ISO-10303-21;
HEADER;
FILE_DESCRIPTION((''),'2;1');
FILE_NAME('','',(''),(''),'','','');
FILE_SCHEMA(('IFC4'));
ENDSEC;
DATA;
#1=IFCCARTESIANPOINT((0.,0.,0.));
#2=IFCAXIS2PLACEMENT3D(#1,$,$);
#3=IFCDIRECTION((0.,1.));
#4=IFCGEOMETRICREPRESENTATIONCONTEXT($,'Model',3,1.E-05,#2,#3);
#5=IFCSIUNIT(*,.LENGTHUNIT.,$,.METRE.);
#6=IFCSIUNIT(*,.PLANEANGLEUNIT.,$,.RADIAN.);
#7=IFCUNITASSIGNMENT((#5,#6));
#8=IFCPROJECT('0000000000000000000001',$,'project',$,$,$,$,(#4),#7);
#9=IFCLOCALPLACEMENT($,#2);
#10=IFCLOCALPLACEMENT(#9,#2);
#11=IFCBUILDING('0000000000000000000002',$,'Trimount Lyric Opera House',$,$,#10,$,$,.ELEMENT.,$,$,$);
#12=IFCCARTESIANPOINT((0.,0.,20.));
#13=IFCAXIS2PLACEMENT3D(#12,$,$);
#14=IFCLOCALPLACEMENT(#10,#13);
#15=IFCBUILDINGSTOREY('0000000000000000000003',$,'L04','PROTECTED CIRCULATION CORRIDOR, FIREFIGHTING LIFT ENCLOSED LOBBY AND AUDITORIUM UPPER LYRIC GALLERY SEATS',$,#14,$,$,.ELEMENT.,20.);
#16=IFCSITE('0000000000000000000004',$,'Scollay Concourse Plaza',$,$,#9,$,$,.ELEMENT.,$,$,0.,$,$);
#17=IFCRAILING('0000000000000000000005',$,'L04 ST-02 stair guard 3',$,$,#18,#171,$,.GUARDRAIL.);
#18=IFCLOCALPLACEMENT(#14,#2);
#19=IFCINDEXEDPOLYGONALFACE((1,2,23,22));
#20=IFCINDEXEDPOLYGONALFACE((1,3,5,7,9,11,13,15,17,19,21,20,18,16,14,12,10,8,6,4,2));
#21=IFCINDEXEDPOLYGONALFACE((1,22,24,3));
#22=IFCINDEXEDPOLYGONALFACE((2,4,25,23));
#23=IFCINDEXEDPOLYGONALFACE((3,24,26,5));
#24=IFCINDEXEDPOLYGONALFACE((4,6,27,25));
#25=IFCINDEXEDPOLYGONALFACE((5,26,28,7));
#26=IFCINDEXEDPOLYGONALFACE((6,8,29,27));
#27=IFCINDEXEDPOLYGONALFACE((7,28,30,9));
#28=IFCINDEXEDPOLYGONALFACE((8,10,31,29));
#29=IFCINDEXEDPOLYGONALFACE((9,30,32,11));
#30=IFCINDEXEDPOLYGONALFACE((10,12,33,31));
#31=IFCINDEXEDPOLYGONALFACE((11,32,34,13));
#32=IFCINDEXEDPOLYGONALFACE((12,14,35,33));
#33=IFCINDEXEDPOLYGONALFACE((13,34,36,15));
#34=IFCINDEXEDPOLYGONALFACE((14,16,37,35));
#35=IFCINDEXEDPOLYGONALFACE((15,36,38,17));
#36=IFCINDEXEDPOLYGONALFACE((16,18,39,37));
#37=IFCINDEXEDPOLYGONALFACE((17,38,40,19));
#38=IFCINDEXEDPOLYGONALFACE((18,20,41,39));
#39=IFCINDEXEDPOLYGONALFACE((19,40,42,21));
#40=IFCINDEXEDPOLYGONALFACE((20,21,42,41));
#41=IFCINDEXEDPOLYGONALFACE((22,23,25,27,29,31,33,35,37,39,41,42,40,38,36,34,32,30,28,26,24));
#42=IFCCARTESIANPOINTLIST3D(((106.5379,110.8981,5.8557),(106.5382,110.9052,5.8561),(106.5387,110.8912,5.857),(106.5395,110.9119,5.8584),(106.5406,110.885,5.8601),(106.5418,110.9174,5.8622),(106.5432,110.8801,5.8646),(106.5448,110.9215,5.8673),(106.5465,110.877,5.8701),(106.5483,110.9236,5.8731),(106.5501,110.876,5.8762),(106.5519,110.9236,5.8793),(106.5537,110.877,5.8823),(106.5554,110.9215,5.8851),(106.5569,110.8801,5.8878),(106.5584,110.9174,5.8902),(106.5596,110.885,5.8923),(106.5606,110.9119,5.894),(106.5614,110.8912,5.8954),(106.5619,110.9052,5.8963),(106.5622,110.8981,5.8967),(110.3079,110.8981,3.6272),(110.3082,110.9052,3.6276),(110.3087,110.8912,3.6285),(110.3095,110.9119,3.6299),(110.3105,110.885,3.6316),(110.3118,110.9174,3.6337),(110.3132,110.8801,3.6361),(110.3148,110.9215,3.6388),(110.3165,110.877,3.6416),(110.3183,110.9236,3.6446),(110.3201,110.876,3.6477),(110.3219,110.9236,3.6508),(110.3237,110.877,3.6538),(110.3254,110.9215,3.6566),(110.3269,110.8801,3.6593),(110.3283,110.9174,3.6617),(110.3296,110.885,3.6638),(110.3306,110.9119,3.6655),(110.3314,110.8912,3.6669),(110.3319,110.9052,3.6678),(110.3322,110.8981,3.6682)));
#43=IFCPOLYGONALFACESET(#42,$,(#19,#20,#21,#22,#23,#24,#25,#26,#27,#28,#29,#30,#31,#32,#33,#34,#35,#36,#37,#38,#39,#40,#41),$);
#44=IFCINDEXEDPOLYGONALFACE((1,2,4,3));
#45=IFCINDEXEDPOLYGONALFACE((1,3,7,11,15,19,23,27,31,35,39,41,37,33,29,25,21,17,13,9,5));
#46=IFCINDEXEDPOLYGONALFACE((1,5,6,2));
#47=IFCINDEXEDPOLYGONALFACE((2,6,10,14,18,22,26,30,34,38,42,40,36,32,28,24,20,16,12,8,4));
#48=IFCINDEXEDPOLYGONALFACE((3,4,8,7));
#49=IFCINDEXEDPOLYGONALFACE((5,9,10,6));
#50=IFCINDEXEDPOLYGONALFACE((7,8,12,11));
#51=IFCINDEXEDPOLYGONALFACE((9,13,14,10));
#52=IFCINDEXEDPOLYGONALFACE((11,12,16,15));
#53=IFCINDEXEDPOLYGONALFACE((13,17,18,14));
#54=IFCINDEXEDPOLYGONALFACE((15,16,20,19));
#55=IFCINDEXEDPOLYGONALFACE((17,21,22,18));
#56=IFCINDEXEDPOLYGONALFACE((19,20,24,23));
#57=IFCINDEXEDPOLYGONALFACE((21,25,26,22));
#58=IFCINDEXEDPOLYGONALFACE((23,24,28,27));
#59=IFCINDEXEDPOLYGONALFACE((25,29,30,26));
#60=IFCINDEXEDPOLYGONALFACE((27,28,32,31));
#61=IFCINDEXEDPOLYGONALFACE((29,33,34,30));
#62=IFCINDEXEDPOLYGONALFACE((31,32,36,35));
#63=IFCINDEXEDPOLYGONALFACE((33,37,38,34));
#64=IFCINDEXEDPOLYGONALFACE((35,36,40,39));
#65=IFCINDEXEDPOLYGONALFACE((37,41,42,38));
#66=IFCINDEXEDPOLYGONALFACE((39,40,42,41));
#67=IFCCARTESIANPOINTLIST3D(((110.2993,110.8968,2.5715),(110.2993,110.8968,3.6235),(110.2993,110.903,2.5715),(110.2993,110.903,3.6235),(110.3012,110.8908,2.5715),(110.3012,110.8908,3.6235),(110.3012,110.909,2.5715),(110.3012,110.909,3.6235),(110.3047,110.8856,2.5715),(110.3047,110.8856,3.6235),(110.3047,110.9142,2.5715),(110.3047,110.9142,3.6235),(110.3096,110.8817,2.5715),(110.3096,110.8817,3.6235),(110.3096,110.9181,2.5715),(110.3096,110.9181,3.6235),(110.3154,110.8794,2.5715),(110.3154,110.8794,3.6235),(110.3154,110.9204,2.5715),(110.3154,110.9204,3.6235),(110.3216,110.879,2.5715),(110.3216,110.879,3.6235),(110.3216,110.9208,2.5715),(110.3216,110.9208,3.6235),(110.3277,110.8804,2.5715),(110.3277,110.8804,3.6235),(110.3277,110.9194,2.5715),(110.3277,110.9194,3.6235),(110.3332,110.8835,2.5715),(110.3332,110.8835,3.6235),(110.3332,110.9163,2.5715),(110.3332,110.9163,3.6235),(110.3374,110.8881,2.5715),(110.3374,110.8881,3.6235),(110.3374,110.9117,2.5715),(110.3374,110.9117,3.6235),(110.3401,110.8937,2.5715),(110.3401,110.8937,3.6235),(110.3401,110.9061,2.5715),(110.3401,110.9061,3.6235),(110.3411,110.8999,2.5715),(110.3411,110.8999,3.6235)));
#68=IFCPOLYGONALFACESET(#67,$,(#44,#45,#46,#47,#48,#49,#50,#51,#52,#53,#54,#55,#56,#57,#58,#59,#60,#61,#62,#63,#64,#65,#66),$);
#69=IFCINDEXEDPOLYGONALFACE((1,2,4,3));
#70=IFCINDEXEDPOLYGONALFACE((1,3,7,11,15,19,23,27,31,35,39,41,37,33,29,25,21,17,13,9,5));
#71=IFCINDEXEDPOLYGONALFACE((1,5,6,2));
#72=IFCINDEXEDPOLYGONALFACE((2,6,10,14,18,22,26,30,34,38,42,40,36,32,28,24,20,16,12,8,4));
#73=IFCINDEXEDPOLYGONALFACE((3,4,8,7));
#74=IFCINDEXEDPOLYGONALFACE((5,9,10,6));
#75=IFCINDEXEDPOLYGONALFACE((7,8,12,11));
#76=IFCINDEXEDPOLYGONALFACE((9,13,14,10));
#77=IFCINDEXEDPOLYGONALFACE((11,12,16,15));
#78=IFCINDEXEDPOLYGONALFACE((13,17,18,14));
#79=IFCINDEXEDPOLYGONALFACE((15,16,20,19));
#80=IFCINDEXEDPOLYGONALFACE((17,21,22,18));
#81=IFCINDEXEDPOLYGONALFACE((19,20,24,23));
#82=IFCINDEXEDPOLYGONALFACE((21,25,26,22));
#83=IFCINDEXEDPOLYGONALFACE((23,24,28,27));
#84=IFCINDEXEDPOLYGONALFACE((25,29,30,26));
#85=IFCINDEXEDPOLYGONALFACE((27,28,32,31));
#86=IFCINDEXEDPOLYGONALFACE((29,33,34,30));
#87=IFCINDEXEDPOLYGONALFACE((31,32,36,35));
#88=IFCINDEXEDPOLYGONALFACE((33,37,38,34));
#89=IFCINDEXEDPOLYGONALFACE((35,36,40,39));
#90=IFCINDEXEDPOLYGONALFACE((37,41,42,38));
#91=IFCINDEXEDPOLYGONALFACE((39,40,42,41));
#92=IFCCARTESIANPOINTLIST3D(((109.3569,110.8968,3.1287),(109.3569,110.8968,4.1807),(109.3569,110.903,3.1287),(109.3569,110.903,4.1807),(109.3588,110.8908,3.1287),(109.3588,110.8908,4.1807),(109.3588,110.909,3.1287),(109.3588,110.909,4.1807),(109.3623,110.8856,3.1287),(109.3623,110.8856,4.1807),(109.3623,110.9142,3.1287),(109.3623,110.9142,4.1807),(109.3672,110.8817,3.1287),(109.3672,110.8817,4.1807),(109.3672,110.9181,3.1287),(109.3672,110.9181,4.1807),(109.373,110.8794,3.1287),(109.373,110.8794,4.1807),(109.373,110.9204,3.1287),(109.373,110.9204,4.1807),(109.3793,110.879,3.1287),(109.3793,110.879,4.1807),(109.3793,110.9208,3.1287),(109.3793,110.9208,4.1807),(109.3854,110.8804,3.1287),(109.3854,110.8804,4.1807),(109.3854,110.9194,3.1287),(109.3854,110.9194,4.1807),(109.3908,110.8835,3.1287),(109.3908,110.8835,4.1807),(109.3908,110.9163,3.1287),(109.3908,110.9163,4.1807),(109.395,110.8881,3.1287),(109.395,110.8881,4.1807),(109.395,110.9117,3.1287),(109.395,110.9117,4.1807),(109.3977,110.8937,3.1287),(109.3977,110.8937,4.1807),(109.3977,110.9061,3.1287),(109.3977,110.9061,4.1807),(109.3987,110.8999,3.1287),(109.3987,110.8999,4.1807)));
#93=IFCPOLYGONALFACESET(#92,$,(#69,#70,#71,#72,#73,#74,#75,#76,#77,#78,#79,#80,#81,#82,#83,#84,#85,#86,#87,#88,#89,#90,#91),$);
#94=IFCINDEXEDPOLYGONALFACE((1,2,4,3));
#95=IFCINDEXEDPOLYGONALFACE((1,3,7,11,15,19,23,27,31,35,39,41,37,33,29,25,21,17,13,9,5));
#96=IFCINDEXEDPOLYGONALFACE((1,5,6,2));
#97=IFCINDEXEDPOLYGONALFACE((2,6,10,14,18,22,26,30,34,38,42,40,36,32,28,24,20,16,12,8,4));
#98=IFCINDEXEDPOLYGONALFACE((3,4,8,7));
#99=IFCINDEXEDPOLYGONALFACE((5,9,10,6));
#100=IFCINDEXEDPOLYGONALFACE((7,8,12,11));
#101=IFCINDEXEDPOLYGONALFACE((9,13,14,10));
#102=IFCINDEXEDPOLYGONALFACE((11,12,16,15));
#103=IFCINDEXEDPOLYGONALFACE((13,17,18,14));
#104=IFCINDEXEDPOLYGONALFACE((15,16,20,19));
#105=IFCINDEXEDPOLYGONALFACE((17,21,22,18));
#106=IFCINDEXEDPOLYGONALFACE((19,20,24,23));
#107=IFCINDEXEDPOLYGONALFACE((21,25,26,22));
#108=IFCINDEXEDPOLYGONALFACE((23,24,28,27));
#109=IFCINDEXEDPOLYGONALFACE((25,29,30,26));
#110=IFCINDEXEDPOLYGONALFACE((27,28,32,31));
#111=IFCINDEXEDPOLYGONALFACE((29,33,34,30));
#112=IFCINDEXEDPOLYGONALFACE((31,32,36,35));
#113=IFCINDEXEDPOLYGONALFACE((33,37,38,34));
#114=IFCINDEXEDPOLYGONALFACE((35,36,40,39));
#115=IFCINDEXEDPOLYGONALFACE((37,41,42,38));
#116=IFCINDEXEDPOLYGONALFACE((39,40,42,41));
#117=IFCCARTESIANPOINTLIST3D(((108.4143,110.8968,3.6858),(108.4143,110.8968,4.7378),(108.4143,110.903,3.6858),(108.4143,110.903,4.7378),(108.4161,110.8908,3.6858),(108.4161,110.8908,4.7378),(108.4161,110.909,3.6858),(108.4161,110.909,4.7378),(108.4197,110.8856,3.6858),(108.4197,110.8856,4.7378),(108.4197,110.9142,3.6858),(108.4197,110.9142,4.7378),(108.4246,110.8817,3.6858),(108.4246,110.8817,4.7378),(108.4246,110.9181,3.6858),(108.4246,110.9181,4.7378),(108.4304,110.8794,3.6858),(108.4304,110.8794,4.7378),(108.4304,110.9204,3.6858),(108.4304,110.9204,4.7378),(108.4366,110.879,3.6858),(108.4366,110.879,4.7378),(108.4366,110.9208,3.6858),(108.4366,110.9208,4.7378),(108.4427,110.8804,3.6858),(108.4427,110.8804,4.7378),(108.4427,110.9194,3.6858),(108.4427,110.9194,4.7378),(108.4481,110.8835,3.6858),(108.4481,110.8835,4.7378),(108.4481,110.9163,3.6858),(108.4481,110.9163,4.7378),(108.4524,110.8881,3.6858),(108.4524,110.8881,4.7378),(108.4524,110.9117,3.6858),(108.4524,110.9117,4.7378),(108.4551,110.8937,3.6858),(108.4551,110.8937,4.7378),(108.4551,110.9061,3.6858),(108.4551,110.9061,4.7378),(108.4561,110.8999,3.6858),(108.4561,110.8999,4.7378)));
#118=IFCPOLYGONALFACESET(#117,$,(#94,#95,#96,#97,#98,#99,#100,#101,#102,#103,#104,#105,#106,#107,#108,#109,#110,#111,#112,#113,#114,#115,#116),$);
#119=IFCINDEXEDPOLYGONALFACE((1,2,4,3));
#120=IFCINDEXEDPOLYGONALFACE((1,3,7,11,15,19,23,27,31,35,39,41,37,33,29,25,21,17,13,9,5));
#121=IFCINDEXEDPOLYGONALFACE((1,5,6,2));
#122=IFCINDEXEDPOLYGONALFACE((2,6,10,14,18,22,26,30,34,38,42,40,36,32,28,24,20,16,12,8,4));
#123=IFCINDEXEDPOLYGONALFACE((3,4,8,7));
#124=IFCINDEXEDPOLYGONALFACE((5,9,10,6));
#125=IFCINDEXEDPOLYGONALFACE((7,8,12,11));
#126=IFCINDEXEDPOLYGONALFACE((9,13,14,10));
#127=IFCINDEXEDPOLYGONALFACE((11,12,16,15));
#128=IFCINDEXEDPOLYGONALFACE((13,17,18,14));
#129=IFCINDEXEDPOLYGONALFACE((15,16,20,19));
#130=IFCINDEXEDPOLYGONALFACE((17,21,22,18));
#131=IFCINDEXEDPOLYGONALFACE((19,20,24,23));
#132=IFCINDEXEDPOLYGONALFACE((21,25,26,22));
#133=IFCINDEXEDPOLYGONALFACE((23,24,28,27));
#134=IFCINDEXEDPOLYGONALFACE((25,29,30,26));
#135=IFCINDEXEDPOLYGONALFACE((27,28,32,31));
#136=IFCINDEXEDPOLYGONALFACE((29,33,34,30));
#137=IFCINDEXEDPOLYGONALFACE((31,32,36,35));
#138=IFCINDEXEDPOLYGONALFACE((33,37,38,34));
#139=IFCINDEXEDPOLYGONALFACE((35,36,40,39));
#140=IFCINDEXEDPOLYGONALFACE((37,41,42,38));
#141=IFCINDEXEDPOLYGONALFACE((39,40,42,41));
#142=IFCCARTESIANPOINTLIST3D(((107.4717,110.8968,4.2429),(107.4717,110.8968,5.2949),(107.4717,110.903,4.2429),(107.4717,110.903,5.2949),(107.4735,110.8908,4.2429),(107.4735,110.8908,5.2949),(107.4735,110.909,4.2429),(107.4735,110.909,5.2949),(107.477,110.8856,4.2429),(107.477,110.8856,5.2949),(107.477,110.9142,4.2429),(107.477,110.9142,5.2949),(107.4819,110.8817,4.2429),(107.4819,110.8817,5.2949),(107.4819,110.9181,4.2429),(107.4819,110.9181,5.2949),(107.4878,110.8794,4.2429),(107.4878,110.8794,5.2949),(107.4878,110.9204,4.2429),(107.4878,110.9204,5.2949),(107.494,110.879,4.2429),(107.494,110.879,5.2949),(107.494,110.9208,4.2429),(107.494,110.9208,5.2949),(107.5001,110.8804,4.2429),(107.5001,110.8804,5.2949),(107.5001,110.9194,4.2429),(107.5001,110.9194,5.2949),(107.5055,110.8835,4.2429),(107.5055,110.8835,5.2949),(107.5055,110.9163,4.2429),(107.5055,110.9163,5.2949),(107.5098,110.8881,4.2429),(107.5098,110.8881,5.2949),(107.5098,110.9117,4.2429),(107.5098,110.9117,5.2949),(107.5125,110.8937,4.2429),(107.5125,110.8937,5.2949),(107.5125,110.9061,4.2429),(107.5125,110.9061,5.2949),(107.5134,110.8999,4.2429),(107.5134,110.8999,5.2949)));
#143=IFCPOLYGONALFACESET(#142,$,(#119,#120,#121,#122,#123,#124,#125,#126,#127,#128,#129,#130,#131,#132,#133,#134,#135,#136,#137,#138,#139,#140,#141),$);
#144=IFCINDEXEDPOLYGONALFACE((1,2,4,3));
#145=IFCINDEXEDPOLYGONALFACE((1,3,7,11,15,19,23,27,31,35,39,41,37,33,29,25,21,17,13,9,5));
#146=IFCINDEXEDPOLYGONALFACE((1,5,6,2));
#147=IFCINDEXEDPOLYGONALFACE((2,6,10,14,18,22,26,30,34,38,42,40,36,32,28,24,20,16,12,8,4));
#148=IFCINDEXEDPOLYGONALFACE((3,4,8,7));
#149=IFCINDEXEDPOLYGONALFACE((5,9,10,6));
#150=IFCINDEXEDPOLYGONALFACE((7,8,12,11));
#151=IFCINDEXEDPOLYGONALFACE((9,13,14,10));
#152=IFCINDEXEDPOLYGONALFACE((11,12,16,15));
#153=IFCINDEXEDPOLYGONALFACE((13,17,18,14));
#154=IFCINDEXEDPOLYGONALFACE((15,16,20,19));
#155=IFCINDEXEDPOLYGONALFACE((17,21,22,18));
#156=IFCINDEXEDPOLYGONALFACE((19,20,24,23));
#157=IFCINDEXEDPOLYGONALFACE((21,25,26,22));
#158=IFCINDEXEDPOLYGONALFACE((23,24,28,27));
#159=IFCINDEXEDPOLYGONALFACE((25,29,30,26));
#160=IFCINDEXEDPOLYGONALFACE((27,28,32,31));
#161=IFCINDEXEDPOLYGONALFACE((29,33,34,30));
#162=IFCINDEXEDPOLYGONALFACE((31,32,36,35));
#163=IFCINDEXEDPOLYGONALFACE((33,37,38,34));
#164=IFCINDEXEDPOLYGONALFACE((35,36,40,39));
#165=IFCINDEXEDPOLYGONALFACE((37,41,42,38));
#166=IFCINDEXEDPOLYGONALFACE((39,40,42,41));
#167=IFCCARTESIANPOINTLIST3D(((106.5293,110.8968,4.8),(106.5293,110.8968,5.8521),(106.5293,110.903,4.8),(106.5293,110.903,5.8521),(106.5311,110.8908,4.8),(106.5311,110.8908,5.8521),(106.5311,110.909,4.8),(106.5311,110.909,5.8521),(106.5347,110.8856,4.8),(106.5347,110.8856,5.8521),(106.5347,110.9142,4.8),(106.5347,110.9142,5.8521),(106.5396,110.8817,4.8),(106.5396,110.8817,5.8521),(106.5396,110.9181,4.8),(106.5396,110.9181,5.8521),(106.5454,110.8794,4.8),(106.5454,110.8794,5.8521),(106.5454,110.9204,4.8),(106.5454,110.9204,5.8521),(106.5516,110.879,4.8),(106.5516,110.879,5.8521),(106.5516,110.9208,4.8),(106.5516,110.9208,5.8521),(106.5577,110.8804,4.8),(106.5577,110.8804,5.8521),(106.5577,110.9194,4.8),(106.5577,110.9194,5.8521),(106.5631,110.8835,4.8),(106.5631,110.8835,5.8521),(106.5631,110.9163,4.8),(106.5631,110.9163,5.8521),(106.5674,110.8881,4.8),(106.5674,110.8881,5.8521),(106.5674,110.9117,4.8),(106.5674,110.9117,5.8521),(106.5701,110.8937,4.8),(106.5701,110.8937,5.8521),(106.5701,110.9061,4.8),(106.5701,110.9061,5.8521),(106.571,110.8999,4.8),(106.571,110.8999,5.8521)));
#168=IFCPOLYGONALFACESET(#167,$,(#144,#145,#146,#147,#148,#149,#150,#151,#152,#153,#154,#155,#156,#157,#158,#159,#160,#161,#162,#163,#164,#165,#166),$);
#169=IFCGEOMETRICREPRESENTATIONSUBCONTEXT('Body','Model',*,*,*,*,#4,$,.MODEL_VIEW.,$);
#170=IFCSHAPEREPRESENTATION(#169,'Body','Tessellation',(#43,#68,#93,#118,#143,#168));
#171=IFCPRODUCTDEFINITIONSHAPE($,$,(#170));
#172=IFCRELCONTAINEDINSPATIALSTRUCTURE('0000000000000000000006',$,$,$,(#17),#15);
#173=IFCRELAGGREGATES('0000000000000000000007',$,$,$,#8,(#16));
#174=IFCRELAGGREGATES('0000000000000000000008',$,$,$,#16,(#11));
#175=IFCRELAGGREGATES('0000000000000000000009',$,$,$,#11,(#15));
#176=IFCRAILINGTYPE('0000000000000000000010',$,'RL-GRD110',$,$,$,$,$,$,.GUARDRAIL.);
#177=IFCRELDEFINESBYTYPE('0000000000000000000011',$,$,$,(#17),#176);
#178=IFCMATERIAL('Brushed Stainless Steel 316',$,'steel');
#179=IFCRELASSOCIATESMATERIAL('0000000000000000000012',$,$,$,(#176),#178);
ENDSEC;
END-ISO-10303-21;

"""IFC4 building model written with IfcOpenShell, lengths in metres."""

from ifc_helpers import new_model, si_unit, direction, frame, origin, origin_2d, place, context, subcontext, project, spatial, circle, extrude, material, type_object, element, save


model = new_model("IFC4")

# Units and contexts
model_context = context("Model", 3, precision=1e-05, world=origin(), true_north=direction((0.0, 1.0)))
body_context = subcontext(model_context, "Body", "Model", "MODEL_VIEW")
ifc_project = project(units=[si_unit("LENGTHUNIT", "METRE"), si_unit("PLANEANGLEUNIT", "RADIAN")], contexts=[model_context])

# Site, building, storey
site_placement = place(None, origin())
site = spatial("IfcSite", under=ifc_project, at=site_placement, Name="Scollay Concourse Plaza", CompositionType="ELEMENT", RefElevation=0.0)
building_placement = place(site_placement, origin())
building = spatial("IfcBuilding", under=site, at=building_placement, Name="Trimount Lyric Opera House", CompositionType="ELEMENT")
storey_placement = place(building_placement, frame((0.0, 0.0, 20.0)))
storey = spatial("IfcBuildingStorey", under=building, at=storey_placement, Name="L04", Description="PROTECTED CIRCULATION CORRIDOR, FIREFIGHTING LIFT ENCLOSED LOBBY AND AUDITORIUM UPPER LYRIC GALLERY SEATS", CompositionType="ELEMENT", Elevation=20.0)

# Railing
ifc_material_1 = material(Name="Brushed Stainless Steel 316", Category="steel")
railing_type_1 = type_object("IfcRailingType", Name="RL-GRD110", PredefinedType="GUARDRAIL", material=ifc_material_1)
railing_1_placement = place(storey_placement, frame((110.3201, 110.8999, 2.5715)))
element("IfcRailing", 1, at=railing_1_placement, inside=storey, type_object=railing_type_1, Name="L04 ST-02 stair guard 3", PredefinedType="GUARDRAIL", context=body_context, shape_type="SweptSolid", body=[
    extrude(circle(Radius=0.0239, at=origin_2d()), frame((0.0, 0.0, 1.0762), z_axis=(-0.860849, 0.0, 0.508861), x_axis=(0.0, -1.0, 0.0)), (0.0, 0.0, 1.0), 4.3794),
    extrude(circle(Radius=0.021, at=origin_2d()), origin(), (0.0, 0.0, 1.0), 1.052),
    extrude(circle(Radius=0.021, at=origin_2d()), frame((-0.9424, 0.0, 0.5571)), (0.0, 0.0, 1.0), 1.052),
    extrude(circle(Radius=0.021, at=origin_2d()), frame((-1.885, 0.0, 1.1143)), (0.0, 0.0, 1.0), 1.052),
    extrude(circle(Radius=0.021, at=origin_2d()), frame((-2.8276, 0.0, 1.6714)), (0.0, 0.0, 1.0), 1.052),
    extrude(circle(Radius=0.021, at=origin_2d()), frame((-3.77, 0.0, 2.2285)), (0.0, 0.0, 1.0), 1.052),
])

save(model, "model.ifc")
